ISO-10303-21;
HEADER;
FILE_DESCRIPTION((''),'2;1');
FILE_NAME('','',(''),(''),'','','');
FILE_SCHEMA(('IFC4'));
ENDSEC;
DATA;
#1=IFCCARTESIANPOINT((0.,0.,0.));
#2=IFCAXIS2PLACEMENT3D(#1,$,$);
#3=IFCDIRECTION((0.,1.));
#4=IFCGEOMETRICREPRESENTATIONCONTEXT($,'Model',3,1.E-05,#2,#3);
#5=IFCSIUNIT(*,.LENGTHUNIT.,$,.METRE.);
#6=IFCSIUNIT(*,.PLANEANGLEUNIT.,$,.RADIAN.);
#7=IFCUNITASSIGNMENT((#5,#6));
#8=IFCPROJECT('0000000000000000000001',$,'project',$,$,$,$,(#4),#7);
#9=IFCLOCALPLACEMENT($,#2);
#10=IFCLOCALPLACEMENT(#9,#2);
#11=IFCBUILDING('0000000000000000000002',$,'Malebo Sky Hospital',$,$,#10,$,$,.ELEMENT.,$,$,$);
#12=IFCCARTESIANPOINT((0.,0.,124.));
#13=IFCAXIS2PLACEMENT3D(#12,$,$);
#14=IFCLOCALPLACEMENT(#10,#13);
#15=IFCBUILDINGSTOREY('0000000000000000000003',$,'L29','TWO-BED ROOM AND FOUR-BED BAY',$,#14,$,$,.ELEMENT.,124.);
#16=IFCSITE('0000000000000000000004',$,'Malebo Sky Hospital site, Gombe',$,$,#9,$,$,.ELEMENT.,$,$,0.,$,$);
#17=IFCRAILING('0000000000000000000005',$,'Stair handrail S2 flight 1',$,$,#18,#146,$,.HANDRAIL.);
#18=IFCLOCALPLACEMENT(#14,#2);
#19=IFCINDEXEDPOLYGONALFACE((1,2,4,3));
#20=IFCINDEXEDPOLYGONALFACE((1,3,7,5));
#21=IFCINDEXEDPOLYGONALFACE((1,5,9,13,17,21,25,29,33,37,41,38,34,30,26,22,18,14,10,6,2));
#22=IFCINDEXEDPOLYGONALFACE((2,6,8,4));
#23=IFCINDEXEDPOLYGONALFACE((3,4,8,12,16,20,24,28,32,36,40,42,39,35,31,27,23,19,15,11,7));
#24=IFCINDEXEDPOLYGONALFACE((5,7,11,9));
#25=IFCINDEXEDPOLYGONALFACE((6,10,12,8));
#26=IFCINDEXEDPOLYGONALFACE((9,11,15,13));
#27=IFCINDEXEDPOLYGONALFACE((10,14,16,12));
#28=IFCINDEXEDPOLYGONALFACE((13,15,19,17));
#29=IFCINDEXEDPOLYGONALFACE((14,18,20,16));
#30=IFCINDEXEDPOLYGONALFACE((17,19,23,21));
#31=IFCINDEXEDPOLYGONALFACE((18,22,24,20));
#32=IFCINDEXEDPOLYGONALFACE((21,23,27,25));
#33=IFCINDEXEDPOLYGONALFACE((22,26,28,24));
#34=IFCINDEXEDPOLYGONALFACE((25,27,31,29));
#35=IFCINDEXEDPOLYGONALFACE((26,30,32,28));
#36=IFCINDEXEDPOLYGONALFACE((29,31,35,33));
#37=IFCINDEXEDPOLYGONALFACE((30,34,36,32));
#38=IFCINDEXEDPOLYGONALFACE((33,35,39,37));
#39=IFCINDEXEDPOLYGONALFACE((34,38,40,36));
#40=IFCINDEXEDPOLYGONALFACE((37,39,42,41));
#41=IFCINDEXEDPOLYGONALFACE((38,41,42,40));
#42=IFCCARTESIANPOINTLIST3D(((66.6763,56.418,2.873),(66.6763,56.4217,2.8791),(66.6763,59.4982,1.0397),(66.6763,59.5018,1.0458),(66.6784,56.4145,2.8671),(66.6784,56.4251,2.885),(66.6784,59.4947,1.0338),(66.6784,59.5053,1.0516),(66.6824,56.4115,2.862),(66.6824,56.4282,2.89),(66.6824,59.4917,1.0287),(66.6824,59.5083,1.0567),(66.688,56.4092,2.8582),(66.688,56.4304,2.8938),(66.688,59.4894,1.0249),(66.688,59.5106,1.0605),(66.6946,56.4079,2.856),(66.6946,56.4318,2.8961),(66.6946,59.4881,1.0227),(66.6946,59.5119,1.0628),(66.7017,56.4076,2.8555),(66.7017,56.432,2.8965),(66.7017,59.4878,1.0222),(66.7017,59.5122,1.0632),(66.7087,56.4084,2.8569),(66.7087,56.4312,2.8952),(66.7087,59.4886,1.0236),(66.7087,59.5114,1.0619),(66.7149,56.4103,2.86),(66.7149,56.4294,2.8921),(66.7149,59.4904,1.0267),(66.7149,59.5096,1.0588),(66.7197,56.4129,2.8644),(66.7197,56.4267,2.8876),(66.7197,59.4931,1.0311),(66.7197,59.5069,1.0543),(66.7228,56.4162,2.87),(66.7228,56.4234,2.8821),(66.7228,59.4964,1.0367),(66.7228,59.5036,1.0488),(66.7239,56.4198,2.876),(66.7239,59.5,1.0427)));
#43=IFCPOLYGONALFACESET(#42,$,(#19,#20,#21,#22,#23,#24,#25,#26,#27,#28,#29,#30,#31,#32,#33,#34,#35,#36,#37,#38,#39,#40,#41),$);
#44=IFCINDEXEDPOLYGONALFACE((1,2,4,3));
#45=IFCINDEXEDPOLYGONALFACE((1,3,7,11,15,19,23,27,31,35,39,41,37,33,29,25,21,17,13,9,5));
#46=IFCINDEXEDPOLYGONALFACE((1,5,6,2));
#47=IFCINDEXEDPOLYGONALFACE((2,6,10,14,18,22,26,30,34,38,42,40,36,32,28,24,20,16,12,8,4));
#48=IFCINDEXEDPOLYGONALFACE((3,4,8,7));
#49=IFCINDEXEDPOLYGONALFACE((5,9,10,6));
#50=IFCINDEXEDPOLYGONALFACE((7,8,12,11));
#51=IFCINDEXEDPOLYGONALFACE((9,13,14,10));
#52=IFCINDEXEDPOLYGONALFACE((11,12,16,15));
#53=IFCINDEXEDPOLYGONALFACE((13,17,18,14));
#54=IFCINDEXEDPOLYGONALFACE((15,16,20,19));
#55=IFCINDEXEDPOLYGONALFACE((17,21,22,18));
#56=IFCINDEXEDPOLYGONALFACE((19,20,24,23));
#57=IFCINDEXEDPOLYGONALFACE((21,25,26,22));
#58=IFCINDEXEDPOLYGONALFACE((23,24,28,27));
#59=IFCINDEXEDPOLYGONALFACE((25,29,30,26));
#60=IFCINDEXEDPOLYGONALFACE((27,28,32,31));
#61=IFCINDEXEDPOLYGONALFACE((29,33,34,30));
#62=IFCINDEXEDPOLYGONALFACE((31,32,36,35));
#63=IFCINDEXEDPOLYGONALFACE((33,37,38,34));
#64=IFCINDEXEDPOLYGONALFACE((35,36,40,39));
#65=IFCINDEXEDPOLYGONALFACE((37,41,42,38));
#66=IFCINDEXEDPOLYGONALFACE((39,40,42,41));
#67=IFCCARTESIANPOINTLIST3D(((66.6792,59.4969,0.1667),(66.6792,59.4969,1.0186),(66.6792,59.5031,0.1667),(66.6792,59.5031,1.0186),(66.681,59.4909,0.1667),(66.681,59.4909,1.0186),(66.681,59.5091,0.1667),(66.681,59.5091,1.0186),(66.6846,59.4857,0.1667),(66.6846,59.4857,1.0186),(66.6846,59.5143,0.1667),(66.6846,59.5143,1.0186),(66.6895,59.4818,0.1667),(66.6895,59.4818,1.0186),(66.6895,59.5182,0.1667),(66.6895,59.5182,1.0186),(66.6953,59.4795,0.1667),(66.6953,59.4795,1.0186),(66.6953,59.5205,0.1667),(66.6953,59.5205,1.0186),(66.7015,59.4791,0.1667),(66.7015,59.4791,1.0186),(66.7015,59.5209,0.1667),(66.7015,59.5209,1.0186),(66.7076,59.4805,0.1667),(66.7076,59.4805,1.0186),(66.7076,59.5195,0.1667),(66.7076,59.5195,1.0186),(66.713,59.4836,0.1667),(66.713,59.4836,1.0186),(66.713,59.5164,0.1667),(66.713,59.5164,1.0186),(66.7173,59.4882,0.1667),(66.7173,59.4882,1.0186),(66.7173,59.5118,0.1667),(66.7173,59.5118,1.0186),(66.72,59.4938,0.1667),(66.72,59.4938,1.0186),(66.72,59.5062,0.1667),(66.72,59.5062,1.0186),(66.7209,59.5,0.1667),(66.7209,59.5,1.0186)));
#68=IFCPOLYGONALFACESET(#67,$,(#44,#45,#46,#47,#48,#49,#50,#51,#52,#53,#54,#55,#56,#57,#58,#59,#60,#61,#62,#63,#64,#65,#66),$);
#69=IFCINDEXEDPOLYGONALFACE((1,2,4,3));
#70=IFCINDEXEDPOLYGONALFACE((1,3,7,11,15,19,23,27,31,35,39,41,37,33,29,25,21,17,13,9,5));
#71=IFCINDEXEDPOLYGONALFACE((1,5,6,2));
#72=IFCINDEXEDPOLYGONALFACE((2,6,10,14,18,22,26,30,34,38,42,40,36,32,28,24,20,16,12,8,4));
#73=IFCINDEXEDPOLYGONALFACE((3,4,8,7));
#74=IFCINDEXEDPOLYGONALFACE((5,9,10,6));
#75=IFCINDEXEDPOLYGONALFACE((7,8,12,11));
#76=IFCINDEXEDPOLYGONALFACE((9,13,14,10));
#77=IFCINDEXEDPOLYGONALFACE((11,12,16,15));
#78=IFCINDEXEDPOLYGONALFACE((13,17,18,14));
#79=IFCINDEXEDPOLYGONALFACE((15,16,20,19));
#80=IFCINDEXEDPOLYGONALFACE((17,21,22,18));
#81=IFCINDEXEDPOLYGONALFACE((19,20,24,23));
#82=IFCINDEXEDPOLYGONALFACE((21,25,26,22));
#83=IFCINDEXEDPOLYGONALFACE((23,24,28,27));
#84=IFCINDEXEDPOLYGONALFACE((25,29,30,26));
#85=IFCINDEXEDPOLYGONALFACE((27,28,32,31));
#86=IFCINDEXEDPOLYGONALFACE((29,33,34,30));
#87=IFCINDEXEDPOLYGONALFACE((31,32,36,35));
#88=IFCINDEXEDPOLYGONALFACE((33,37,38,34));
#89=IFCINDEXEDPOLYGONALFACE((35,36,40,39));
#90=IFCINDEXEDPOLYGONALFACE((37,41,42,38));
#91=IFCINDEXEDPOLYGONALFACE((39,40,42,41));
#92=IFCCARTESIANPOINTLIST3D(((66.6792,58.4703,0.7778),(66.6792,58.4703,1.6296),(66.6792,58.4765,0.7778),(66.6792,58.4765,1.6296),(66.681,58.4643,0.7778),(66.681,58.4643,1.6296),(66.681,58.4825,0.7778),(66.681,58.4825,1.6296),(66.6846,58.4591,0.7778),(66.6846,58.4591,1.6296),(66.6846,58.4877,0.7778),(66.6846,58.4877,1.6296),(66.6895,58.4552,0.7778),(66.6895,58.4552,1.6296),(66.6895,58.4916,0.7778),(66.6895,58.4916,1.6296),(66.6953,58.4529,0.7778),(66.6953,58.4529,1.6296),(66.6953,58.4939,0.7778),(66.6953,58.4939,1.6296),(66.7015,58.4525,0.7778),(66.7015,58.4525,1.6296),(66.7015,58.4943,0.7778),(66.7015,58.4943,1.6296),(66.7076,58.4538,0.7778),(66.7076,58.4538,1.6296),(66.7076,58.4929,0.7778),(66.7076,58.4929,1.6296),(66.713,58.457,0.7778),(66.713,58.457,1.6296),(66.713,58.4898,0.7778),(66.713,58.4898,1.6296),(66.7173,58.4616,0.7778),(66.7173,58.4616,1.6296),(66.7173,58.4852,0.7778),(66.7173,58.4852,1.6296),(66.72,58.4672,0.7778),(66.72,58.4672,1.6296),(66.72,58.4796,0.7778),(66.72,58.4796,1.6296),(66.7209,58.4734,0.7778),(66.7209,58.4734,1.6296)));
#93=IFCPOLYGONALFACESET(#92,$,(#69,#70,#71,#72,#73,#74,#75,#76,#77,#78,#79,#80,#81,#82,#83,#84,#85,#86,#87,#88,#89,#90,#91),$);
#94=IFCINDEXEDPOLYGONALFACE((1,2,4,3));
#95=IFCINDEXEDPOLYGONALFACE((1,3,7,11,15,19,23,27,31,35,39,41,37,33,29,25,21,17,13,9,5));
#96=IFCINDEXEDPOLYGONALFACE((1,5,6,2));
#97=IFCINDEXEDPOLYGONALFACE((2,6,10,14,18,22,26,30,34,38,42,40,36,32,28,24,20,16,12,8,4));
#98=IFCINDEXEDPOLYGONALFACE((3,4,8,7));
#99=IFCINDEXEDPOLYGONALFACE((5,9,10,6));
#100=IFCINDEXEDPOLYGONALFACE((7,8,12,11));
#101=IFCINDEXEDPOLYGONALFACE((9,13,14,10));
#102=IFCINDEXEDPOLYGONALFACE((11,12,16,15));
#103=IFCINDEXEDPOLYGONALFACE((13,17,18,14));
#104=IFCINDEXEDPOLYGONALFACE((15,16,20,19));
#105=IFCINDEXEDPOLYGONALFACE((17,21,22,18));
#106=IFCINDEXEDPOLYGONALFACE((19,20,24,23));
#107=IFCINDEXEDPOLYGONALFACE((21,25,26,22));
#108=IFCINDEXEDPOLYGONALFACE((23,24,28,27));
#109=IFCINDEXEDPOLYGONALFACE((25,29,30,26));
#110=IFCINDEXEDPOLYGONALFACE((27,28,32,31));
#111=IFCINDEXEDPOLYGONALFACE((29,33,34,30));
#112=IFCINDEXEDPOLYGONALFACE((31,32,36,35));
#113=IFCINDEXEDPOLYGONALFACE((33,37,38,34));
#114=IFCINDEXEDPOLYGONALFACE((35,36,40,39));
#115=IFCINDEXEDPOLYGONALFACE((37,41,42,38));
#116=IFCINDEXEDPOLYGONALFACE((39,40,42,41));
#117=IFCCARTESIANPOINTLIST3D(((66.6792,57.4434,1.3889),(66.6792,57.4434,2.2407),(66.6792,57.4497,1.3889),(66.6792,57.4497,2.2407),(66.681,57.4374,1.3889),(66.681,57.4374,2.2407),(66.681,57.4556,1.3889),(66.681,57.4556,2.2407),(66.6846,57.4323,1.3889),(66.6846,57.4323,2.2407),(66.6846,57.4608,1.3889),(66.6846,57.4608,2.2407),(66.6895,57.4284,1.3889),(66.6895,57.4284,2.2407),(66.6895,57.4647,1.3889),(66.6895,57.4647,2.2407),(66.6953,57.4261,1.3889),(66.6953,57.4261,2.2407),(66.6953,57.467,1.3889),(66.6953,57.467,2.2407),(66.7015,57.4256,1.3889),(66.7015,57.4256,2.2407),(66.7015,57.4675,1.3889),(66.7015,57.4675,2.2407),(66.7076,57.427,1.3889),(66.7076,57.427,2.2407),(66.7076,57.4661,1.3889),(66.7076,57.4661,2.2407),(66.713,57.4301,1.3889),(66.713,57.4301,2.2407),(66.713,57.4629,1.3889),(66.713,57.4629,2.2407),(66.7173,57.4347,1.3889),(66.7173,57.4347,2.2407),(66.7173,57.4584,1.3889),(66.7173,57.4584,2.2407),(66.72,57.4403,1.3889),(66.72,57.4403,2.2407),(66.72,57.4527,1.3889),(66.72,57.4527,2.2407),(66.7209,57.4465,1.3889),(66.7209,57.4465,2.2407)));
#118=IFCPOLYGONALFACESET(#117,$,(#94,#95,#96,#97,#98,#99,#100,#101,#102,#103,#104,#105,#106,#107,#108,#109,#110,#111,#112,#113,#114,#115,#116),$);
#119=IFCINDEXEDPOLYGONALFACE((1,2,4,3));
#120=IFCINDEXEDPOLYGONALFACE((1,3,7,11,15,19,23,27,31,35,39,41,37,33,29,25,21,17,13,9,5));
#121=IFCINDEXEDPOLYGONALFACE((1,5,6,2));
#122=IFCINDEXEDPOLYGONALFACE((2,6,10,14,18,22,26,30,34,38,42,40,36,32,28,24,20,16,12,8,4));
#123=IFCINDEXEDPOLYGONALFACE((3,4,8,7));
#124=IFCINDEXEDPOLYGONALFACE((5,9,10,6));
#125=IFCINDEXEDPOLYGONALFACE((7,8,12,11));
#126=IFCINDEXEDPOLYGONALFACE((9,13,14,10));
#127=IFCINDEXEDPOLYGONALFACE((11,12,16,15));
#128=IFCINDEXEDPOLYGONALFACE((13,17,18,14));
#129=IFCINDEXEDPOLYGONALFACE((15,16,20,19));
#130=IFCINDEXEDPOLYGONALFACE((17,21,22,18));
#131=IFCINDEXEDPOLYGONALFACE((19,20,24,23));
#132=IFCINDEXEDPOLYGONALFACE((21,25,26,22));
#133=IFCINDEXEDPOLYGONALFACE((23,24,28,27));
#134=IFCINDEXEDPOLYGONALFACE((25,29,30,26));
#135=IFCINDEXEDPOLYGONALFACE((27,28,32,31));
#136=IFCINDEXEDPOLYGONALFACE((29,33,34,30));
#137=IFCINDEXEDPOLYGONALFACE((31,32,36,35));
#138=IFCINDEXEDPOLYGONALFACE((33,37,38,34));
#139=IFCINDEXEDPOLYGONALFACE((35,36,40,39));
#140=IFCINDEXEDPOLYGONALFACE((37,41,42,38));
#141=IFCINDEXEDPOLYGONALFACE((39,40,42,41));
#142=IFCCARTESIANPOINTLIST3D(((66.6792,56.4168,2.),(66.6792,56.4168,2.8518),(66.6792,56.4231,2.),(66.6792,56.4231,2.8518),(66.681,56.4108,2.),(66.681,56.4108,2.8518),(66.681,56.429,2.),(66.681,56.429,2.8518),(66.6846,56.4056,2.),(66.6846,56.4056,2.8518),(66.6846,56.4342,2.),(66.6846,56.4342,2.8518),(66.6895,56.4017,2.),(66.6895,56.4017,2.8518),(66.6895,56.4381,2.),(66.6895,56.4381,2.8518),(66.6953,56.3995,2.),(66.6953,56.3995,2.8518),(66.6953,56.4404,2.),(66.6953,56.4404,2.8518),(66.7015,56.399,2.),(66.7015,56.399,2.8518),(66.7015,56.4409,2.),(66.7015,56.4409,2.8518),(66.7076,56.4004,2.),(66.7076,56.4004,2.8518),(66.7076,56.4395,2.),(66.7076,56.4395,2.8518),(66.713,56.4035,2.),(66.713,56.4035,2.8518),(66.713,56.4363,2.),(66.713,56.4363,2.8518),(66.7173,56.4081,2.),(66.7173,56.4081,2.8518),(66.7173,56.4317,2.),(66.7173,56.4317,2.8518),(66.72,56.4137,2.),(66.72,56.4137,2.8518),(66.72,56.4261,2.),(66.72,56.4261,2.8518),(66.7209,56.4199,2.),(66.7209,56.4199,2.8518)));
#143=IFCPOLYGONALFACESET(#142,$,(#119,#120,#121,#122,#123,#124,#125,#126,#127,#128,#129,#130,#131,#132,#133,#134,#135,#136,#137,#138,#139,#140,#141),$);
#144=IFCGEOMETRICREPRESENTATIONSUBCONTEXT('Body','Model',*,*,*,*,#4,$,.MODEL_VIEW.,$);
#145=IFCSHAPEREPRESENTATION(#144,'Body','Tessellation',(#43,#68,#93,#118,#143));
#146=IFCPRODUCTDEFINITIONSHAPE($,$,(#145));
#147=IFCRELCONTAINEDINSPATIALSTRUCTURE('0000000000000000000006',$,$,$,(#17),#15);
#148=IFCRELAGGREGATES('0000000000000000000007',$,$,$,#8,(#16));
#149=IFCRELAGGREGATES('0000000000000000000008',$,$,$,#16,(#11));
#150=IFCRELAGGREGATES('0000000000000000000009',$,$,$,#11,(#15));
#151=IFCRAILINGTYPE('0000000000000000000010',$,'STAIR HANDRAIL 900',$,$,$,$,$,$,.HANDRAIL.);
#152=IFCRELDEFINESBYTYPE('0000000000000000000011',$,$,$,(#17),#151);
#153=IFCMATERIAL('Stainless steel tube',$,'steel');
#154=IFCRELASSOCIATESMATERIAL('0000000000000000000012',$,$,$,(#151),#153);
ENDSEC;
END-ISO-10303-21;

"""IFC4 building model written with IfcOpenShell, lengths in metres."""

from ifc_helpers import new_model, si_unit, direction, frame, origin, origin_2d, place, context, subcontext, project, spatial, circle, extrude, material, type_object, element, save


model = new_model("IFC4")

# Units and contexts
model_context = context("Model", 3, precision=1e-05, world=origin(), true_north=direction((0.0, 1.0)))
body_context = subcontext(model_context, "Body", "Model", "MODEL_VIEW")
ifc_project = project(units=[si_unit("LENGTHUNIT", "METRE"), si_unit("PLANEANGLEUNIT", "RADIAN")], contexts=[model_context])

# Site, building, storey
site_placement = place(None, origin())
site = spatial("IfcSite", under=ifc_project, at=site_placement, Name="Malebo Sky Hospital site, Gombe", CompositionType="ELEMENT", RefElevation=0.0)
building_placement = place(site_placement, origin())
building = spatial("IfcBuilding", under=site, at=building_placement, Name="Malebo Sky Hospital", CompositionType="ELEMENT")
storey_placement = place(building_placement, frame((0.0, 0.0, 124.0)))
storey = spatial("IfcBuildingStorey", under=building, at=storey_placement, Name="L29", Description="TWO-BED ROOM AND FOUR-BED BAY", CompositionType="ELEMENT", Elevation=124.0)

# Railing
ifc_material_1 = material(Name="Stainless steel tube", Category="steel")
railing_type = type_object("IfcRailingType", Name="STAIR HANDRAIL 900", PredefinedType="HANDRAIL", material=ifc_material_1)
railing_1_placement = place(storey_placement, frame((66.7, 59.5, 0.1667)))
element("IfcRailing", 1, at=railing_1_placement, inside=storey, type_object=railing_type, Name="Stair handrail S2 flight 1", PredefinedType="HANDRAIL", context=body_context, shape_type="SweptSolid", body=[
    extrude(circle(Radius=0.0239, at=origin_2d()), frame((0.0, 0.0, 0.876), z_axis=(0.0, -0.859309, 0.511458), x_axis=(1.0, 0.0, 0.0)), (0.0, 0.0, 1.0), 3.5845),
    extrude(circle(Radius=0.021, at=origin_2d()), origin(), (0.0, 0.0, 1.0), 0.8518),
    extrude(circle(Radius=0.021, at=origin_2d()), frame((0.0, -1.0266, 0.6111)), (0.0, 0.0, 1.0), 0.8518),
    extrude(circle(Radius=0.021, at=origin_2d()), frame((0.0, -2.0535, 1.2222)), (0.0, 0.0, 1.0), 0.8518),
    extrude(circle(Radius=0.021, at=origin_2d()), frame((0.0, -3.0801, 1.8333)), (0.0, 0.0, 1.0), 0.8518),
])

save(model, "model.ifc")
